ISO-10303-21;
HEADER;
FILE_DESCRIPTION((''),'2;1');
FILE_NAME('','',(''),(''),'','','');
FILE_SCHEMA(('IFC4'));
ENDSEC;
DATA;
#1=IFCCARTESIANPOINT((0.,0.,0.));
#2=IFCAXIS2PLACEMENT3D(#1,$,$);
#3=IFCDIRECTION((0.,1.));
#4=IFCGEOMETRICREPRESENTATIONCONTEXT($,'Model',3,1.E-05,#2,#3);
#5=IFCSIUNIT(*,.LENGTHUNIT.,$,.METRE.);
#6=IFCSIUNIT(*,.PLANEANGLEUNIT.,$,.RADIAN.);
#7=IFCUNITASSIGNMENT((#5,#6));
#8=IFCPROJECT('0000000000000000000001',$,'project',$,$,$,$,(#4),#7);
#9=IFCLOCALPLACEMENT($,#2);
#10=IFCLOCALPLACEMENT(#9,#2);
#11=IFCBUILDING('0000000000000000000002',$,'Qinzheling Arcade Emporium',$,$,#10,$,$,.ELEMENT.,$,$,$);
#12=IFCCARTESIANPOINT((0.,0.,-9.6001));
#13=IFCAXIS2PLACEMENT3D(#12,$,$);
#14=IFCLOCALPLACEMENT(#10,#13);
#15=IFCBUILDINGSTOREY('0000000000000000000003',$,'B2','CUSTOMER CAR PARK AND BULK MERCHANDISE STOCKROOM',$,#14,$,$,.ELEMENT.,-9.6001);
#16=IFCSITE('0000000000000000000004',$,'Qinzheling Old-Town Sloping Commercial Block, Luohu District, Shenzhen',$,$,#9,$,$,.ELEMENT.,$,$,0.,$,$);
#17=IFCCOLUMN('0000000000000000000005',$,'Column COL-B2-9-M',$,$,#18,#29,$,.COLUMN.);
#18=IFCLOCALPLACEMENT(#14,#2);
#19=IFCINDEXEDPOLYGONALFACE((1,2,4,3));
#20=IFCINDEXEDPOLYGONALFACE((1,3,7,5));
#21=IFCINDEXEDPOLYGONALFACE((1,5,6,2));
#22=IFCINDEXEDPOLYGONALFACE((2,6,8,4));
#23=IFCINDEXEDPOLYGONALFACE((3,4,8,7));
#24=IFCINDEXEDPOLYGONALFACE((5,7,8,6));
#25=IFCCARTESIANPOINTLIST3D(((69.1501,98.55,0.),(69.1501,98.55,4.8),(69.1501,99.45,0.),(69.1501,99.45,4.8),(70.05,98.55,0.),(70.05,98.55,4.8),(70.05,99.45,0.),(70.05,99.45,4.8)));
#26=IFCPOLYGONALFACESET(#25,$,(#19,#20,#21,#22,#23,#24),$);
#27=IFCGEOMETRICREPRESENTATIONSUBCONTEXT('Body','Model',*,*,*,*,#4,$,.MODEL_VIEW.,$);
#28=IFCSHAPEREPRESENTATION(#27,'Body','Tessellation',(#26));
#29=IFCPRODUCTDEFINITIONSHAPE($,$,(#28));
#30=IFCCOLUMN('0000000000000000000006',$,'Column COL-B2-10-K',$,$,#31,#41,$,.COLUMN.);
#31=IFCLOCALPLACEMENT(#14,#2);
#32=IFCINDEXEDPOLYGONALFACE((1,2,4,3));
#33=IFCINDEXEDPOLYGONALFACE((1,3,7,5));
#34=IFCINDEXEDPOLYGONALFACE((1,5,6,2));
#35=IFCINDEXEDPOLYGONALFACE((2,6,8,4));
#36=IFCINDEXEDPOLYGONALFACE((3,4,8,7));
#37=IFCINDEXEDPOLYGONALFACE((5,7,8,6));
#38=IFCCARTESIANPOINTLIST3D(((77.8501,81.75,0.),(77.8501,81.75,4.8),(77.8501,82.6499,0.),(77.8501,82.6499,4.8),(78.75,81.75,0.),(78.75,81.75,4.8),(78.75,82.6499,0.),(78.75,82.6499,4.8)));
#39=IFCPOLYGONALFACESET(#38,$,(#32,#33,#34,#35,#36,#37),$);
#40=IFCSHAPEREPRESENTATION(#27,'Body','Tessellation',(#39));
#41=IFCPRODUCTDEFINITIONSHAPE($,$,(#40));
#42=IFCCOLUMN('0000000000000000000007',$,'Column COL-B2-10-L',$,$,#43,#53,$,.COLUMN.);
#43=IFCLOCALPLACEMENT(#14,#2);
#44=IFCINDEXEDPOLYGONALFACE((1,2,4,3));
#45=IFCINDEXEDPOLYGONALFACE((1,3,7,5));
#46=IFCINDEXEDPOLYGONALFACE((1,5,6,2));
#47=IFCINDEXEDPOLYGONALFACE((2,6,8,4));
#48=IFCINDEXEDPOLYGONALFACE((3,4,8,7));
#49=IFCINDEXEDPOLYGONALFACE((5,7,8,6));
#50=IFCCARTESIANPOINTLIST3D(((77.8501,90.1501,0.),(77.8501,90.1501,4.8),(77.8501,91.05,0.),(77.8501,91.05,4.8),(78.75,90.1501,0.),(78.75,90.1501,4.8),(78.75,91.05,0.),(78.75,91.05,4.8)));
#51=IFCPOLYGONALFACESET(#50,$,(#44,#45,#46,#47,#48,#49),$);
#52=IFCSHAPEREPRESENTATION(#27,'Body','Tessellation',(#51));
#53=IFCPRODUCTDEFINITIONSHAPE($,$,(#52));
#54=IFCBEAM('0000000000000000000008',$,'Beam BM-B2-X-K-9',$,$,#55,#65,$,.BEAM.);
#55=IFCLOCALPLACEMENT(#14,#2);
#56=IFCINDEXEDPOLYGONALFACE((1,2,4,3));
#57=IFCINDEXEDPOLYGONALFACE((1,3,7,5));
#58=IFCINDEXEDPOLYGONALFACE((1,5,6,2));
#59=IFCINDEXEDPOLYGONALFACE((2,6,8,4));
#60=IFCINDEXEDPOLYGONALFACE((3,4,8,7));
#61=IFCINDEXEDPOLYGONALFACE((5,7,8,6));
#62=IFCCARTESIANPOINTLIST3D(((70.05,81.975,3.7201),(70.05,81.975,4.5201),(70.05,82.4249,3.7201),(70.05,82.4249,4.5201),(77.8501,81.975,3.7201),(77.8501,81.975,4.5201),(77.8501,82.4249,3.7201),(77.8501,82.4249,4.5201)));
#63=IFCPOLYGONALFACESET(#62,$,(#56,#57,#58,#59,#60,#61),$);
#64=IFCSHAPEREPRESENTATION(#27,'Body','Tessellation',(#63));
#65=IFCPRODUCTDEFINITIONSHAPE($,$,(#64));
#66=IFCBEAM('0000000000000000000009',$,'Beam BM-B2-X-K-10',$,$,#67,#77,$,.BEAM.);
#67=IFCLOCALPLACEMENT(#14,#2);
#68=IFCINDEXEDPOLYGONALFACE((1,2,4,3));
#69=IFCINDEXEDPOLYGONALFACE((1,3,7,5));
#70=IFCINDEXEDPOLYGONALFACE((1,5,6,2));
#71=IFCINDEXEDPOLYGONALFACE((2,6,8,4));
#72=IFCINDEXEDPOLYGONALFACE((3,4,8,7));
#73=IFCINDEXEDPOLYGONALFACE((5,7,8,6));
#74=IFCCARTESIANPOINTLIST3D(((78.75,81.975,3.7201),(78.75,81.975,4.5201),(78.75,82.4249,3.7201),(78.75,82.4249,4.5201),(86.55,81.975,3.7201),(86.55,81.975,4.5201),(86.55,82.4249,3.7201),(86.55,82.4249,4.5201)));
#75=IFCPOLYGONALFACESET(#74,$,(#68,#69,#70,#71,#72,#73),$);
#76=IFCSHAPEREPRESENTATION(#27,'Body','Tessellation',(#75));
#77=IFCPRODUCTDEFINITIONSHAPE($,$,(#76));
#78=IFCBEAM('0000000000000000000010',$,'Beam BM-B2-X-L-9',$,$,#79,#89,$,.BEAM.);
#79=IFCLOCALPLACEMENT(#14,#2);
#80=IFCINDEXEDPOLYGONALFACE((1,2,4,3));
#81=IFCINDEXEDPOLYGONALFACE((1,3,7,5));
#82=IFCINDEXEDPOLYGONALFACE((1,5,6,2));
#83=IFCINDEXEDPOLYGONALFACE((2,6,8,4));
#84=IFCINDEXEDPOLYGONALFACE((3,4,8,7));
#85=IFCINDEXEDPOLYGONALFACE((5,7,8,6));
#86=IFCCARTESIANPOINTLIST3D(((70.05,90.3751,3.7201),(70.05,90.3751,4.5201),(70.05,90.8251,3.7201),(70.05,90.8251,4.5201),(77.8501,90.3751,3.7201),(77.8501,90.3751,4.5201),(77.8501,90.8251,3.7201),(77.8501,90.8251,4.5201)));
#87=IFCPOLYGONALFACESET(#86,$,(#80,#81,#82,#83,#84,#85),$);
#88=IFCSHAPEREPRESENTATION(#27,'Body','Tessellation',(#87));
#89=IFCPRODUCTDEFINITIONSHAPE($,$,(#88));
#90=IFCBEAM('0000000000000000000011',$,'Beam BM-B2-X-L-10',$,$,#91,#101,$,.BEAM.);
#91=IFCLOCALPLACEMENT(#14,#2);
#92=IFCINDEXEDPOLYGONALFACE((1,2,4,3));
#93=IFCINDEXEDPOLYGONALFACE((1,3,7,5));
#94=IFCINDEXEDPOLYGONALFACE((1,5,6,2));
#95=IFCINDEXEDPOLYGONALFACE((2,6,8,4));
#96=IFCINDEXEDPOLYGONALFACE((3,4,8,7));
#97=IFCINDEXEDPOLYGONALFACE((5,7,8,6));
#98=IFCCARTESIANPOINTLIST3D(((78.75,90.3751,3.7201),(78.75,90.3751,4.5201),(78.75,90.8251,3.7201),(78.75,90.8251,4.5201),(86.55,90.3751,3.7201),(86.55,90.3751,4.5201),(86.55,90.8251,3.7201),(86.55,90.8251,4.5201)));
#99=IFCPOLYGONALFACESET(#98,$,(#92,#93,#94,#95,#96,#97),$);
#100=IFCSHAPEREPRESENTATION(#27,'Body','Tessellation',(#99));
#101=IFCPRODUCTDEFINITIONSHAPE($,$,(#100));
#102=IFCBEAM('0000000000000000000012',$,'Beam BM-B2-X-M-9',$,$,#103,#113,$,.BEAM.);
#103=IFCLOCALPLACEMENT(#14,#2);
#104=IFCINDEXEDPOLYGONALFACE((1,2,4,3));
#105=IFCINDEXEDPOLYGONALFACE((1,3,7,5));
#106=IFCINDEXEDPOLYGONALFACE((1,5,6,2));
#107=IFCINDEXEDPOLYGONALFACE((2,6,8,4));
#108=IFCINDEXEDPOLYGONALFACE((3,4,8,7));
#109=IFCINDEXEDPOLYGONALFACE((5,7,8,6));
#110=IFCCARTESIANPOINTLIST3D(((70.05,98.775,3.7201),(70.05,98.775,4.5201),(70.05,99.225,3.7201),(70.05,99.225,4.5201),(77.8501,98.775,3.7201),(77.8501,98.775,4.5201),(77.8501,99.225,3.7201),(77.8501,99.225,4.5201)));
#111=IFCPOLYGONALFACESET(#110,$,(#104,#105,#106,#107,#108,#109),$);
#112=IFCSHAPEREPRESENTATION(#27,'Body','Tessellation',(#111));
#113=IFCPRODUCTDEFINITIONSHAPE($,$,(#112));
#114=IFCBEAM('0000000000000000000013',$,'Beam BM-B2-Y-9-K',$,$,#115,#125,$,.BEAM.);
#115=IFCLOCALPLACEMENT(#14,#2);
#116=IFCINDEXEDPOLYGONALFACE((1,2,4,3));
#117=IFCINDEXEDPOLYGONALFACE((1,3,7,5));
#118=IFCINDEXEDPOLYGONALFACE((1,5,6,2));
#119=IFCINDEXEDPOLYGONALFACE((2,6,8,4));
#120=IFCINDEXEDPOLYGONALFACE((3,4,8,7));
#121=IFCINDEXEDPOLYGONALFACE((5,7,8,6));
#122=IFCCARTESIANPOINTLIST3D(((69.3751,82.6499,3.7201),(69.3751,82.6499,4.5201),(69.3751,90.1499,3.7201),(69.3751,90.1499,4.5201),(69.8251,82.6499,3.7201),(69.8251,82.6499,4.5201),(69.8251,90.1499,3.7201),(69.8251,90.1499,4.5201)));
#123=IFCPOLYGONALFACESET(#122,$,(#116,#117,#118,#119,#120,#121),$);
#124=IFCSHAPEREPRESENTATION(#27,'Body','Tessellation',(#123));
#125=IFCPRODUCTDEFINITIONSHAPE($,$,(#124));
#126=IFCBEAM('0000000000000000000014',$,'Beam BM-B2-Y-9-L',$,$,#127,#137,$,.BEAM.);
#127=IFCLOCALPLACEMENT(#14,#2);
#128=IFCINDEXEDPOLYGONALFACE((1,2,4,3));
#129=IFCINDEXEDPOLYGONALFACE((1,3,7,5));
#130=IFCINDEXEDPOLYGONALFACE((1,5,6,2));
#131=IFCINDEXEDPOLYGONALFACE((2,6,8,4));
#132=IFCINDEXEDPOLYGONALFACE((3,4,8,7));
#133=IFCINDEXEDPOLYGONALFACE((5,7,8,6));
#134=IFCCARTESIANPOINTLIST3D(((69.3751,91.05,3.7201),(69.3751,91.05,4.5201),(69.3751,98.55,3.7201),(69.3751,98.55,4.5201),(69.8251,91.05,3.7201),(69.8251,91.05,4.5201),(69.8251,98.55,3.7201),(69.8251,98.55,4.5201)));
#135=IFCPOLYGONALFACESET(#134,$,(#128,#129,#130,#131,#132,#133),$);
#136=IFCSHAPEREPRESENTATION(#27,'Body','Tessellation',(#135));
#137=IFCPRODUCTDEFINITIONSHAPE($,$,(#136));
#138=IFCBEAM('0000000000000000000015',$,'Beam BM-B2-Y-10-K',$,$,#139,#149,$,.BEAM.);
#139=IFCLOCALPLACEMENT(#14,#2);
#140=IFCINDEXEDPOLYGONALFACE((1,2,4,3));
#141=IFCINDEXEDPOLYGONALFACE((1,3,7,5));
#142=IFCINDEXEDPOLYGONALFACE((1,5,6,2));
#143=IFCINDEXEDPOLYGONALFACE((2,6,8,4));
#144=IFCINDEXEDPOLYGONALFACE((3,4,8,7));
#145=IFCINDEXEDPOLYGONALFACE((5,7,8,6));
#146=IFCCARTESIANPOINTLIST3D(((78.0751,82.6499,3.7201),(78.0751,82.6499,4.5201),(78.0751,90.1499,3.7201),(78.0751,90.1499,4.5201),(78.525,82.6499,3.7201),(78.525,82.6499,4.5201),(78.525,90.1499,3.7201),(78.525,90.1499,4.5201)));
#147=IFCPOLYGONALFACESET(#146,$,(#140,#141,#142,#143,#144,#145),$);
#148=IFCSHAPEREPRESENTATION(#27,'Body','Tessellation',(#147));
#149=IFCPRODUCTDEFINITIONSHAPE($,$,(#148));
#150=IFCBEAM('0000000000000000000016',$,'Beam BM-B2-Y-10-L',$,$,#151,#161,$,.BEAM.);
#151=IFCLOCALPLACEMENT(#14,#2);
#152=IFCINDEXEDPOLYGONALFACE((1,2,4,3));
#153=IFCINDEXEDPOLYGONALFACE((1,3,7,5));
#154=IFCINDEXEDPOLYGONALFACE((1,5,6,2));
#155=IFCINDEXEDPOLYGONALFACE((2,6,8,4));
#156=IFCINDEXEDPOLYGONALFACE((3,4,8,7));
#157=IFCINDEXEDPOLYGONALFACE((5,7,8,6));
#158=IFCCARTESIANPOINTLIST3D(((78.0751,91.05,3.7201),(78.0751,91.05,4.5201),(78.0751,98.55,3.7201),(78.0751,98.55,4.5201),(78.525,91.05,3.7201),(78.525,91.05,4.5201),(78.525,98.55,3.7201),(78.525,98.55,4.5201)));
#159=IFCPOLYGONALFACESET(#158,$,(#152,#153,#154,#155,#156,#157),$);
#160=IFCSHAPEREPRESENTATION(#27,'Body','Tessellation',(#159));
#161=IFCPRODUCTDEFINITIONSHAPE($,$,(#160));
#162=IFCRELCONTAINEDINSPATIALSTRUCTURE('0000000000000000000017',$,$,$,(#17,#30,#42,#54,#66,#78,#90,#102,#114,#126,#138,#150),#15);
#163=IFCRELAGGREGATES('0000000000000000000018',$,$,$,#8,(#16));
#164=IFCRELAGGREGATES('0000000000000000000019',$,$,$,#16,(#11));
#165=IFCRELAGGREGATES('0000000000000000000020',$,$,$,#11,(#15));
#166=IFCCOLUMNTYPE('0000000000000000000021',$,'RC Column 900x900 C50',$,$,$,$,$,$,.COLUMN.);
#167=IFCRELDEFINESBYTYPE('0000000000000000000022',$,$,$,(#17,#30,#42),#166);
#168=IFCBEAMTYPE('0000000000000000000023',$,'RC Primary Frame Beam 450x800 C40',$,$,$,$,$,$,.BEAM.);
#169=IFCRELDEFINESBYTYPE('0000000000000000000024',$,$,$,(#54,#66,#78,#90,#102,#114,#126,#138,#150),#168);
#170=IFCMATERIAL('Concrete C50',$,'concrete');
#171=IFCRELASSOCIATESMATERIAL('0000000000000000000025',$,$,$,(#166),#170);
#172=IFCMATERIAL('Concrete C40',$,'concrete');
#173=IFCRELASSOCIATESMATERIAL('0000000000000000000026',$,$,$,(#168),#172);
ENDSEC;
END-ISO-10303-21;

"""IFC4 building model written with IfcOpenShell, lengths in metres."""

from ifc_helpers import new_model, si_unit, direction, frame, origin, origin_2d, place, context, subcontext, project, spatial, rectangle, extrude, material, material_profile, profile_set, type_object, element, save


model = new_model("IFC4")

# Units and contexts
model_context = context("Model", 3, precision=1e-05, world=origin(), true_north=direction((0.0, 1.0)))
body_context = subcontext(model_context, "Body", "Model", "MODEL_VIEW")
ifc_project = project(units=[si_unit("LENGTHUNIT", "METRE"), si_unit("PLANEANGLEUNIT", "RADIAN")], contexts=[model_context])

# Site, building, storey
site_placement = place(None, origin())
site = spatial("IfcSite", under=ifc_project, at=site_placement, Name="Qinzheling Old-Town Sloping Commercial Block, Luohu District, Shenzhen", CompositionType="ELEMENT", RefElevation=0.0)
building_placement = place(site_placement, origin())
building = spatial("IfcBuilding", under=site, at=building_placement, Name="Qinzheling Arcade Emporium", CompositionType="ELEMENT")
storey_placement = place(building_placement, frame((0.0, 0.0, -9.6001)))
storey = spatial("IfcBuildingStorey", under=building, at=storey_placement, Name="B2", Description="CUSTOMER CAR PARK AND BULK MERCHANDISE STOCKROOM", CompositionType="ELEMENT", Elevation=-9.6001)

# Shared definitions
ifc_material_1 = material(Name="Concrete C40", Category="concrete")

# Columns
ifc_material_2 = material(Name="Concrete C50", Category="concrete")
ifc_material_profile_1 = material_profile(ifc_material_2, rectangle(XDim=0.8999, YDim=0.8999, at=origin_2d()), Name="RC 900x900", Category="concrete")
ifc_profile_set_1 = profile_set([ifc_material_profile_1], Name="Concrete C50")
column_type = type_object("IfcColumnType", Name="RC Column 900x900 C50", PredefinedType="COLUMN", material=ifc_profile_set_1)
for number, where, z_axis, x_axis, name in (
    (1, (69.6001, 99.0, 0.0), (0.0, 0.0, 1.0), (1.0, 0.0, 0.0), "Column COL-B2-9-M"),
    (2, (78.3, 82.2, 0.0), (0.0, 0.0, 1.0), (1.0, 0.0, 0.0), "Column COL-B2-10-K"),
    (3, (78.3, 90.6001, 0.0), (0.0, 0.0, 1.0), (1.0, 0.0, 0.0), "Column COL-B2-10-L"),
):
    element("IfcColumn", number, at=place(storey_placement, frame(where, z_axis=z_axis, x_axis=x_axis)), inside=storey, type_object=column_type, Name=name, PredefinedType="COLUMN", context=body_context, shape_type="SweptSolid", body=[
        extrude(rectangle(XDim=0.8999, YDim=0.8999, at=origin_2d()), origin(), (0.0, 0.0, 1.0), 4.8),
    ])

# Beams
ifc_material_profile_2 = material_profile(ifc_material_1, rectangle(XDim=0.45, YDim=0.8, at=origin_2d()), Name="RC 450x800", Category="concrete")
ifc_profile_set_2 = profile_set([ifc_material_profile_2], Name="Concrete C40")
beam_type = type_object("IfcBeamType", Name="RC Primary Frame Beam 450x800 C40", PredefinedType="BEAM", material=ifc_profile_set_2)
for number, where, z_axis, x_axis, name in (
    (4, (70.05, 82.2, 4.1201), (1.0, 0.0, 0.0), (0.0, 1.0, 0.0), "Beam BM-B2-X-K-9"),
    (5, (78.75, 82.2, 4.1201), (1.0, 0.0, 0.0), (0.0, 1.0, 0.0), "Beam BM-B2-X-K-10"),
    (6, (70.05, 90.6001, 4.1201), (1.0, 0.0, 0.0), (0.0, 1.0, 0.0), "Beam BM-B2-X-L-9"),
    (7, (78.75, 90.6001, 4.1201), (1.0, 0.0, 0.0), (0.0, 1.0, 0.0), "Beam BM-B2-X-L-10"),
    (8, (70.05, 99.0, 4.1201), (1.0, 0.0, 0.0), (0.0, 1.0, 0.0), "Beam BM-B2-X-M-9"),
):
    element("IfcBeam", number, at=place(storey_placement, frame(where, z_axis=z_axis, x_axis=x_axis)), inside=storey, type_object=beam_type, Name=name, PredefinedType="BEAM", context=body_context, shape_type="SweptSolid", body=[
        extrude(rectangle(XDim=0.45, YDim=0.8, at=origin_2d()), origin(), (0.0, 0.0, 1.0), 7.8),
    ])
for number, where, z_axis, x_axis, name in (
    (9, (69.6001, 82.6499, 4.1201), (0.0, 1.0, 0.0), (-1.0, 0.0, 0.0), "Beam BM-B2-Y-9-K"),
    (10, (69.6001, 91.05, 4.1201), (0.0, 1.0, 0.0), (-1.0, 0.0, 0.0), "Beam BM-B2-Y-9-L"),
    (11, (78.3, 82.6499, 4.1201), (0.0, 1.0, 0.0), (-1.0, 0.0, 0.0), "Beam BM-B2-Y-10-K"),
    (12, (78.3, 91.05, 4.1201), (0.0, 1.0, 0.0), (-1.0, 0.0, 0.0), "Beam BM-B2-Y-10-L"),
):
    element("IfcBeam", number, at=place(storey_placement, frame(where, z_axis=z_axis, x_axis=x_axis)), inside=storey, type_object=beam_type, Name=name, PredefinedType="BEAM", context=body_context, shape_type="SweptSolid", body=[
        extrude(rectangle(XDim=0.45, YDim=0.8, at=origin_2d()), origin(), (0.0, 0.0, 1.0), 7.5),
    ])

save(model, "model.ifc")
